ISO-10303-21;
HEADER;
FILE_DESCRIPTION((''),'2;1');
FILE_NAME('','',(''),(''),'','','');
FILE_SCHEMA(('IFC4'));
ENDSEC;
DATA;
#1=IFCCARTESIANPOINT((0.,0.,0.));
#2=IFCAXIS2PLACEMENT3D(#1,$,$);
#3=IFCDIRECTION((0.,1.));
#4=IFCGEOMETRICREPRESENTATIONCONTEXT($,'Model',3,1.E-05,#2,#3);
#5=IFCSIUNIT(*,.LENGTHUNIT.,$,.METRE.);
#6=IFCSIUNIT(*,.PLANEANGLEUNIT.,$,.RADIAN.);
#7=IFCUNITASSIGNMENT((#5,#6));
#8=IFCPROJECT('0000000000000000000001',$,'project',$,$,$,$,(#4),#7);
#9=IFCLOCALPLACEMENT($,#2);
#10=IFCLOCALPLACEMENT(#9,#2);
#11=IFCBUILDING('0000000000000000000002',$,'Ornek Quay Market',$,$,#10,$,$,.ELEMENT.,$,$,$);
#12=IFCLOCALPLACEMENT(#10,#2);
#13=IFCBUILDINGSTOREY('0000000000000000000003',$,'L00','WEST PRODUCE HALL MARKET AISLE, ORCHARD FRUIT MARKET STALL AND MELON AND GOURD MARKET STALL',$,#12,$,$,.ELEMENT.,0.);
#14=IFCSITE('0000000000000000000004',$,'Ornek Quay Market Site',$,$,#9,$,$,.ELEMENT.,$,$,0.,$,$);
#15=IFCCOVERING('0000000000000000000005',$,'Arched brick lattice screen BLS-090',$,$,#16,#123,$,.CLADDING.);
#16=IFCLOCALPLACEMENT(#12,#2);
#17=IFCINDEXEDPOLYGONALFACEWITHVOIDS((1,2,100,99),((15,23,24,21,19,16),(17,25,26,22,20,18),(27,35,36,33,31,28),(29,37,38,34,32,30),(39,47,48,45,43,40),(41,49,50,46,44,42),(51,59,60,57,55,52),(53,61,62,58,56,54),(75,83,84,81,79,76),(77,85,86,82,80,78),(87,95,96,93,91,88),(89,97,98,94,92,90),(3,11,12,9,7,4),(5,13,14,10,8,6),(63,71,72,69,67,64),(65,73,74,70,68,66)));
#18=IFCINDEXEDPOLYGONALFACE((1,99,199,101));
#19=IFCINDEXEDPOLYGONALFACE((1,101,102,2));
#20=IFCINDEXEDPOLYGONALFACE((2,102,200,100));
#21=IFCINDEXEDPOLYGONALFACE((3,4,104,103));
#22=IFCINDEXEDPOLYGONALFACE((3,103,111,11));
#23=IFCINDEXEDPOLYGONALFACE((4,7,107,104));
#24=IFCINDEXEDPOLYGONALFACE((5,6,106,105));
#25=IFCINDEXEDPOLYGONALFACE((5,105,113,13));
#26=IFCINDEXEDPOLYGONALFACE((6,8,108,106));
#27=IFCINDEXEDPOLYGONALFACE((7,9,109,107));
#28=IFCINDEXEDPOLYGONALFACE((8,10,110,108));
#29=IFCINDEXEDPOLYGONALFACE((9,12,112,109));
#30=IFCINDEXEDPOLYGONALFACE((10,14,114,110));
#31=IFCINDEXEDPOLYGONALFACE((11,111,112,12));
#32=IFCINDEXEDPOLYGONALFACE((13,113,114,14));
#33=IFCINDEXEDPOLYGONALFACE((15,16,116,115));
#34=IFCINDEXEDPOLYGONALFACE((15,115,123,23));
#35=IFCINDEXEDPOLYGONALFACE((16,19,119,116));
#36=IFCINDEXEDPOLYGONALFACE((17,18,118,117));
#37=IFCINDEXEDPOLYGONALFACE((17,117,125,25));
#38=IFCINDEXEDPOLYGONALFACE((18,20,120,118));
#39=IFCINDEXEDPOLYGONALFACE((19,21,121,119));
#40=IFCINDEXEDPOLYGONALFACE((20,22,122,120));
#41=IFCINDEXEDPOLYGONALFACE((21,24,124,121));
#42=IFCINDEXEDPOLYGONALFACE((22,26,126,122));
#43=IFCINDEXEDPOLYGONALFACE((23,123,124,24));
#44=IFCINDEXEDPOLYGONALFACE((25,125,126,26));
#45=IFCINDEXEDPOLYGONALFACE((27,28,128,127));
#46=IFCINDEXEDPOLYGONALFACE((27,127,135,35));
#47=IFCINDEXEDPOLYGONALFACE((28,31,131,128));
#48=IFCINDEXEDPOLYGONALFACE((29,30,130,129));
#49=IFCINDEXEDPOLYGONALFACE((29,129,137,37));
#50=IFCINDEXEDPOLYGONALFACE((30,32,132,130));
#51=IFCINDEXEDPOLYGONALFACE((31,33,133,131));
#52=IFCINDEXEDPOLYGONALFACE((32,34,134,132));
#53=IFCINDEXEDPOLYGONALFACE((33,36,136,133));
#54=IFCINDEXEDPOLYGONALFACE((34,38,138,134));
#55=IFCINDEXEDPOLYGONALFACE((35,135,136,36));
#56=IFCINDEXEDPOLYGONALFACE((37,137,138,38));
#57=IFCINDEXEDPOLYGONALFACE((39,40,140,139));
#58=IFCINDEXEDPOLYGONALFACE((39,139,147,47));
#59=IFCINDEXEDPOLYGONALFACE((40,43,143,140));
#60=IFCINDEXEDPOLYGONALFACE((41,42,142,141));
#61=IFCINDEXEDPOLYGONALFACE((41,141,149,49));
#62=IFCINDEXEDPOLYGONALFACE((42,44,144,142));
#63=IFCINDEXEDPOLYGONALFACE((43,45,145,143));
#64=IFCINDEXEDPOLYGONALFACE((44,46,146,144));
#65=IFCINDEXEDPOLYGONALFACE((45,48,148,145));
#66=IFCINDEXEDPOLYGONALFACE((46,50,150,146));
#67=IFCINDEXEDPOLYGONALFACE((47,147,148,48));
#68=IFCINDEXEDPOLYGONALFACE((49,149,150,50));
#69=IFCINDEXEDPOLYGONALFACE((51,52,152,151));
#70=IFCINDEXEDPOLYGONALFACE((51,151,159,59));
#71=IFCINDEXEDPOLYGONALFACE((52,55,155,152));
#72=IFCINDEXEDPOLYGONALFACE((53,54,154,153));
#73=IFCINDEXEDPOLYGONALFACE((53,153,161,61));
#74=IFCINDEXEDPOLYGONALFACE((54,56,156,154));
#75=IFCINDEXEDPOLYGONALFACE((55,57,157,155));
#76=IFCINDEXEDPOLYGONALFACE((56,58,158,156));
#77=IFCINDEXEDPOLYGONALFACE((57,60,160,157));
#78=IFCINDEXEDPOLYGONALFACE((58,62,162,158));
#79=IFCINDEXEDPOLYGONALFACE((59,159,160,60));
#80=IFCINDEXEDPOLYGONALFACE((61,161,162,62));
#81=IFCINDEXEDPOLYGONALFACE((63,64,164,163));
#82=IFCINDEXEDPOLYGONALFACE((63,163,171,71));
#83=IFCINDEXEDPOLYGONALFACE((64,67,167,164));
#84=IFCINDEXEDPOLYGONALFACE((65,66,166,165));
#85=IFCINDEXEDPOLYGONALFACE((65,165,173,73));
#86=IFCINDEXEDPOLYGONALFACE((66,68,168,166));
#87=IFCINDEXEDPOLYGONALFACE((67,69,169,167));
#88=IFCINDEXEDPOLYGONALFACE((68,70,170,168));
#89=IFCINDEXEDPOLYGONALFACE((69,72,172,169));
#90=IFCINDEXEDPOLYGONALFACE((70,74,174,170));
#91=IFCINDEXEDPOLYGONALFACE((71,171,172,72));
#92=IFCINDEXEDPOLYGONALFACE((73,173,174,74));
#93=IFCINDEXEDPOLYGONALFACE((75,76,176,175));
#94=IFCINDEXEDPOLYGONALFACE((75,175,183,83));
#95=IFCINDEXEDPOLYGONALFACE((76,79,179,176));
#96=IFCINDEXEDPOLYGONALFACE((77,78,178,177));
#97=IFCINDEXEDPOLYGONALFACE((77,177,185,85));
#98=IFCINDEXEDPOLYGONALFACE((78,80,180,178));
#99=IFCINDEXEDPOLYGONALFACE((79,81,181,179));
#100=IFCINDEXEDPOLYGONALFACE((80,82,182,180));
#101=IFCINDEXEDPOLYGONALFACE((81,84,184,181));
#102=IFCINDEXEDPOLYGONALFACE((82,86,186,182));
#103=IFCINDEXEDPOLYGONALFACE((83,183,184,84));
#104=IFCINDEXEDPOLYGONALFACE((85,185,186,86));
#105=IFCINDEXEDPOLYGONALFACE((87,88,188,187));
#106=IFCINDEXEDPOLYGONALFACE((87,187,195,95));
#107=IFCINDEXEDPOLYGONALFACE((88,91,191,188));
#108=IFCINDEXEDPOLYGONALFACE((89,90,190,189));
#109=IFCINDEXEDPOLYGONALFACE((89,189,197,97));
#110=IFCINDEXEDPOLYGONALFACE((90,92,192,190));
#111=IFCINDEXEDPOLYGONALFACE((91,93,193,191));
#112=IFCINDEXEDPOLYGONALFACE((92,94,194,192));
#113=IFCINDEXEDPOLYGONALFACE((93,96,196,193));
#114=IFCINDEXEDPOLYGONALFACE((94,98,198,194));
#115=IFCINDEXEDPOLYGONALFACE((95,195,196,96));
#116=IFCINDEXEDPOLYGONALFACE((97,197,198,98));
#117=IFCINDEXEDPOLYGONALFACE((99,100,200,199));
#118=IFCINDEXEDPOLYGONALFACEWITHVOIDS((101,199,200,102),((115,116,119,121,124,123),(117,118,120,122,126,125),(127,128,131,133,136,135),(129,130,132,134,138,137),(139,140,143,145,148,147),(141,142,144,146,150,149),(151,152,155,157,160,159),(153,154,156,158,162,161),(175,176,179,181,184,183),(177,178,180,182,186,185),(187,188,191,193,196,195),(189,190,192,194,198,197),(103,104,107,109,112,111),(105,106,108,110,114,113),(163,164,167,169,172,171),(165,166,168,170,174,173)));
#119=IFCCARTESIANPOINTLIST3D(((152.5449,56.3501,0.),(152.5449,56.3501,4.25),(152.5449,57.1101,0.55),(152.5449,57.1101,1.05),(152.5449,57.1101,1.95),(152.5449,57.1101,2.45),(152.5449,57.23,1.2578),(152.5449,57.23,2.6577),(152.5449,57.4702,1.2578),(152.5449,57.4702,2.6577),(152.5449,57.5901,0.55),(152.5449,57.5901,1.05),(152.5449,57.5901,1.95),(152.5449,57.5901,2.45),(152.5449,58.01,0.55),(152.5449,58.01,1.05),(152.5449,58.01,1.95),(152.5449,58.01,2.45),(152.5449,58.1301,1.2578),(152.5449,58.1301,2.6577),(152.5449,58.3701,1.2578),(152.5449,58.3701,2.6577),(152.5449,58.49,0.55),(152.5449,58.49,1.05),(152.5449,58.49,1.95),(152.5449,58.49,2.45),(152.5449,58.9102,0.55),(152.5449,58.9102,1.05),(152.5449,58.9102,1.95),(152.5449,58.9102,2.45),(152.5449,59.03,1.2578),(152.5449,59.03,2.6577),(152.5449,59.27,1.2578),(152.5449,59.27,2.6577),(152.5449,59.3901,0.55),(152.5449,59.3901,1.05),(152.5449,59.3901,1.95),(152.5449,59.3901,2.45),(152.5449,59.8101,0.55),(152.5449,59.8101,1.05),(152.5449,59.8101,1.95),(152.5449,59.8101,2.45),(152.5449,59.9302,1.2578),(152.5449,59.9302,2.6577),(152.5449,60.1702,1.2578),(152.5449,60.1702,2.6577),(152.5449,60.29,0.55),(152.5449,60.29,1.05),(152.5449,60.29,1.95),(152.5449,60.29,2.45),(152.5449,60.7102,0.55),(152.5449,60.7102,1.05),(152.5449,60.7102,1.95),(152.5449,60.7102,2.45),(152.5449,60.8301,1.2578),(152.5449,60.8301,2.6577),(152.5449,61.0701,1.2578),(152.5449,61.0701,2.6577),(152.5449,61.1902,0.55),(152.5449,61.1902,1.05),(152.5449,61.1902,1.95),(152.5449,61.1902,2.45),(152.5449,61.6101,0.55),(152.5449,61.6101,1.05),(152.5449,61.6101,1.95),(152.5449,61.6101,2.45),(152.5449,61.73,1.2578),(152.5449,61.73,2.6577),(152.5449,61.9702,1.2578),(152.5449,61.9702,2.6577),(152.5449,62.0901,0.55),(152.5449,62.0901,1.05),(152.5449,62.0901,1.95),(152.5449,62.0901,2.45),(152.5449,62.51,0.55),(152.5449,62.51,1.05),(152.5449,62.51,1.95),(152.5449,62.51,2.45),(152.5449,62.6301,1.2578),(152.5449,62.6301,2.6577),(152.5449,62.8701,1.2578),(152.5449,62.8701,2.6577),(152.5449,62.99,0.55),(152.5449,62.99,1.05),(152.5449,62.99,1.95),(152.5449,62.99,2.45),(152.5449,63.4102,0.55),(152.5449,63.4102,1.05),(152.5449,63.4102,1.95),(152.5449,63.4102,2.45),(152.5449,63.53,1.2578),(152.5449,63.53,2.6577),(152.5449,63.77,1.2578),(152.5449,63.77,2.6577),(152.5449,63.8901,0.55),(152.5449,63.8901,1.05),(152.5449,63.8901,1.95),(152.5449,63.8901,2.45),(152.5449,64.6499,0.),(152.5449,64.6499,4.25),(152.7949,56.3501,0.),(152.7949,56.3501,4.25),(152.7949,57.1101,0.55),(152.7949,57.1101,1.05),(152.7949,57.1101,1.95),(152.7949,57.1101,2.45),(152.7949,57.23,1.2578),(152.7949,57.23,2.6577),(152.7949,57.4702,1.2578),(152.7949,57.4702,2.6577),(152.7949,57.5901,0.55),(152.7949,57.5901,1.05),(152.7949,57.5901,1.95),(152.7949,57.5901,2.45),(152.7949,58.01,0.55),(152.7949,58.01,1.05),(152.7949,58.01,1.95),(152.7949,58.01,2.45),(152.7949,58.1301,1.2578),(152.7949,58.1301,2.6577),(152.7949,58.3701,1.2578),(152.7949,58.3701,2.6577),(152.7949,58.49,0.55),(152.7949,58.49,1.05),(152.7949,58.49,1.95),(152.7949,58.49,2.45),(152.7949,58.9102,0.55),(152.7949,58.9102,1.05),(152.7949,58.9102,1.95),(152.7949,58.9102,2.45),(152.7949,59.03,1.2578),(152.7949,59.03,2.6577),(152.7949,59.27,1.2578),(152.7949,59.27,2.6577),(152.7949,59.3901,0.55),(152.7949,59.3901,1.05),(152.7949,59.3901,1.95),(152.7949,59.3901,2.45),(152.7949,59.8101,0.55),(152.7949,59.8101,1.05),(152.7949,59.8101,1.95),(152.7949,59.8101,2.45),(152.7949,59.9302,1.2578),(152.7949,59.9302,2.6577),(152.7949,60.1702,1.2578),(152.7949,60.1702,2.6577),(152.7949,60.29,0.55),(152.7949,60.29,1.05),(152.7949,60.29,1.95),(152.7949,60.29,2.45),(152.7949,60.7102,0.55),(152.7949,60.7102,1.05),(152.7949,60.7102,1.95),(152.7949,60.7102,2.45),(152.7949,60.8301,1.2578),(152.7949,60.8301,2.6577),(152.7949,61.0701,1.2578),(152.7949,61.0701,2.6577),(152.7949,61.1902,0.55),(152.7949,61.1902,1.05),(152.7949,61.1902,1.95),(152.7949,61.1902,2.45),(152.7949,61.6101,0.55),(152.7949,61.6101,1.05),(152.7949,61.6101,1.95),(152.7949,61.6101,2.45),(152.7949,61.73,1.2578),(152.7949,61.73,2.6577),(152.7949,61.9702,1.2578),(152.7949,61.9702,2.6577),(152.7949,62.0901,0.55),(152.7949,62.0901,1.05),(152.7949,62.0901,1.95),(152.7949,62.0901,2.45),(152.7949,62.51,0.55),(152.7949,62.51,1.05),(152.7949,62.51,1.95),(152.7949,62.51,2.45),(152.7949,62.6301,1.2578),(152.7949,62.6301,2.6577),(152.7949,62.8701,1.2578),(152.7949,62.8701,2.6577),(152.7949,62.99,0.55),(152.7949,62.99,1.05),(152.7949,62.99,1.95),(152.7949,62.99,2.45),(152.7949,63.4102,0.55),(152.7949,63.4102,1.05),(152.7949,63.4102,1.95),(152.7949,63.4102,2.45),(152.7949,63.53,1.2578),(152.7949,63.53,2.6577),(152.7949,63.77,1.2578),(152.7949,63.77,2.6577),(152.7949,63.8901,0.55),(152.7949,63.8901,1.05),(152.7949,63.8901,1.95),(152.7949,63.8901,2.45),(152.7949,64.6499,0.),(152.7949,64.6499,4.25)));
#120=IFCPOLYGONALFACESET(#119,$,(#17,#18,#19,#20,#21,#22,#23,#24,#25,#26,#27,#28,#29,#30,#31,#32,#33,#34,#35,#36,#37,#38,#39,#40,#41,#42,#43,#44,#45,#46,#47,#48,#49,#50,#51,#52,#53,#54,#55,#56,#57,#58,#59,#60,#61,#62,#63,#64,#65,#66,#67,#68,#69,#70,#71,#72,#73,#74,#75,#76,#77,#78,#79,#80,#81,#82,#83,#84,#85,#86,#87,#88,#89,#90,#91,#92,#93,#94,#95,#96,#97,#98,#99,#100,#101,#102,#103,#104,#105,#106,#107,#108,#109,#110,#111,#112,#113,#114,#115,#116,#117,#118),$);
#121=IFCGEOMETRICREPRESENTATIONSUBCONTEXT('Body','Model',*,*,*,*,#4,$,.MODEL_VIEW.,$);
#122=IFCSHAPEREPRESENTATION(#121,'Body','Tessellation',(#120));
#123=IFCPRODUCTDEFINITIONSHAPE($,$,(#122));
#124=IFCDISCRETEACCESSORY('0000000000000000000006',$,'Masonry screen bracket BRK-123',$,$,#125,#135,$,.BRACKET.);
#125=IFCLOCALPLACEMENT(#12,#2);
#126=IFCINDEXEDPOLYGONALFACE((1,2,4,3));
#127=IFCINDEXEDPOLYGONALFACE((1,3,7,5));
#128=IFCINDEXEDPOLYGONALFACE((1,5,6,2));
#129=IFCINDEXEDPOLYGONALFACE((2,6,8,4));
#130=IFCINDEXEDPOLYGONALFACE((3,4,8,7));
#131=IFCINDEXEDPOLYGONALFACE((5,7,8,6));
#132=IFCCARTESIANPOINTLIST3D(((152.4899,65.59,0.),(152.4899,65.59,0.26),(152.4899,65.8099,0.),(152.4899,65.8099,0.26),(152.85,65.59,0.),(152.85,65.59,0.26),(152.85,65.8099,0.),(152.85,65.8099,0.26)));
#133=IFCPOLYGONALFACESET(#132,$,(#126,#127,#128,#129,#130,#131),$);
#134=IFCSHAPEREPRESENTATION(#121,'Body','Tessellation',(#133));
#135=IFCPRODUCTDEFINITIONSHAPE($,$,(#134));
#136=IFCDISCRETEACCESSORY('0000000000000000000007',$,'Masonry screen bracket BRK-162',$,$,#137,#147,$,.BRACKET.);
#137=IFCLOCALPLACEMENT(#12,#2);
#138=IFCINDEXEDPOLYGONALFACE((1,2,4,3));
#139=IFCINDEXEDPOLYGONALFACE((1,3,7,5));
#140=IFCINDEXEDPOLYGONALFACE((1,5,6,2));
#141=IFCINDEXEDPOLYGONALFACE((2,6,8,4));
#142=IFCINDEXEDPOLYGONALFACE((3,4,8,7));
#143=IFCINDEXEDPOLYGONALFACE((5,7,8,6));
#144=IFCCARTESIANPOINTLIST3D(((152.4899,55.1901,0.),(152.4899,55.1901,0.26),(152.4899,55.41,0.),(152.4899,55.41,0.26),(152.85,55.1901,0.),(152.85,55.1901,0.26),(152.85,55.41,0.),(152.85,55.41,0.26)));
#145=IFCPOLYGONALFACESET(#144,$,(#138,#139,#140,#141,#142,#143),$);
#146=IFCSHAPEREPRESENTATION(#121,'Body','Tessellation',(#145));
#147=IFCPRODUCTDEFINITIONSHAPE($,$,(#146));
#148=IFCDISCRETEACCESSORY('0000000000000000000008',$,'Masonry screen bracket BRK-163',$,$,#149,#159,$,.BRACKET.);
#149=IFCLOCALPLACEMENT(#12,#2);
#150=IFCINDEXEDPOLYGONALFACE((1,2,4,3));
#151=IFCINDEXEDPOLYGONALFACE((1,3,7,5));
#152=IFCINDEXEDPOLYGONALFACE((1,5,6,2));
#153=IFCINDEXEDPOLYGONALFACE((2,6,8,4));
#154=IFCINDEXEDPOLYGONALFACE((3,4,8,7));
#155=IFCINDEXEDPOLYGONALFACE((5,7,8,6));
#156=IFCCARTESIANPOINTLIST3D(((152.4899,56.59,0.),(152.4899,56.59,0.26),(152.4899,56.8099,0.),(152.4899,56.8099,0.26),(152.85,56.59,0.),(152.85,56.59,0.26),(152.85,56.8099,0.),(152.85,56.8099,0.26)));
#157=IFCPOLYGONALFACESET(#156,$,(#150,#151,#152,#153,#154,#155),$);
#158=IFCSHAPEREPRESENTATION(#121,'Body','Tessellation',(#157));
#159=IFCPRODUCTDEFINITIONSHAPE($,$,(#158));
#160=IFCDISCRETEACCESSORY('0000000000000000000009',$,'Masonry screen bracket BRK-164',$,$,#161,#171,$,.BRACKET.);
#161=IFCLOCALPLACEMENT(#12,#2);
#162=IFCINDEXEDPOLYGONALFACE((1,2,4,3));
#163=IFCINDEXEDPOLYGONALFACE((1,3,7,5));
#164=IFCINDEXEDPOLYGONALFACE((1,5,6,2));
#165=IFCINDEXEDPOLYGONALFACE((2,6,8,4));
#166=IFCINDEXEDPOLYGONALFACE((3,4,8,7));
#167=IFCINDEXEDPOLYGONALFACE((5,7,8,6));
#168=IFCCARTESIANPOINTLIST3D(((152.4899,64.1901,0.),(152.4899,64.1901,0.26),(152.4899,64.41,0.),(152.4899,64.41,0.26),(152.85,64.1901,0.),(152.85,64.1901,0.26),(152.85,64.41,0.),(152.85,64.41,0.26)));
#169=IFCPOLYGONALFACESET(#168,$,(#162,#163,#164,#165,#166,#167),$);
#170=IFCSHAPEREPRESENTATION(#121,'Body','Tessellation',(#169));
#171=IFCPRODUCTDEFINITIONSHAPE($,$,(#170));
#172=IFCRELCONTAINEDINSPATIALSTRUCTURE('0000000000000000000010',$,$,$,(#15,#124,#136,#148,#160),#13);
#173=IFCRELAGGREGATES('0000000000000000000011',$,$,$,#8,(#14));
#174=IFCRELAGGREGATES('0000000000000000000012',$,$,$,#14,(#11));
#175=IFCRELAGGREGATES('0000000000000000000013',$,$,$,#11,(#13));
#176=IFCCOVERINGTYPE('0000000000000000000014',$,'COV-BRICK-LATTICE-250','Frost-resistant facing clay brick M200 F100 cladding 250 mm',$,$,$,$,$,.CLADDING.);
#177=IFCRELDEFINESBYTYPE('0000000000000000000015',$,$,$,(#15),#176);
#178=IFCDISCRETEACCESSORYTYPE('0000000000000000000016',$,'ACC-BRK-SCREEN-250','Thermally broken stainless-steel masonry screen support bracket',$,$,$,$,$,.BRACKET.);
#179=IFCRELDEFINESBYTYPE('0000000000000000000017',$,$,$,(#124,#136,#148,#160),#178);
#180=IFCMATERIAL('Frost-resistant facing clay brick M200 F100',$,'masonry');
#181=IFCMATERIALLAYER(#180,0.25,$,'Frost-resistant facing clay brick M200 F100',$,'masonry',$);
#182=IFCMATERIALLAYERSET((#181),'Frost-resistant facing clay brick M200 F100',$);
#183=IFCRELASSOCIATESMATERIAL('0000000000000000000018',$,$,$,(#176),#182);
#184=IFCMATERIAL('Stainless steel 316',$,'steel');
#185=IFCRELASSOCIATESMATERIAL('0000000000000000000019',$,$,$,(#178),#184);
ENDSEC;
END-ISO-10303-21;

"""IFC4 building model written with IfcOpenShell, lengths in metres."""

from ifc_helpers import new_model, si_unit, direction, frame, origin, origin_2d, place, context, subcontext, project, spatial, polyline, rectangle, outline, extrude, material, layer, layer_set, type_object, element, save


model = new_model("IFC4")

# Units and contexts
model_context = context("Model", 3, precision=1e-05, world=origin(), true_north=direction((0.0, 1.0)))
body_context = subcontext(model_context, "Body", "Model", "MODEL_VIEW")
ifc_project = project(units=[si_unit("LENGTHUNIT", "METRE"), si_unit("PLANEANGLEUNIT", "RADIAN")], contexts=[model_context])

# Site, building, storey
site_placement = place(None, origin())
site = spatial("IfcSite", under=ifc_project, at=site_placement, Name="Ornek Quay Market Site", CompositionType="ELEMENT", RefElevation=0.0)
building_placement = place(site_placement, origin())
building = spatial("IfcBuilding", under=site, at=building_placement, Name="Ornek Quay Market", CompositionType="ELEMENT")
storey_placement = place(building_placement, origin())
storey = spatial("IfcBuildingStorey", under=building, at=storey_placement, Name="L00", Description="WEST PRODUCE HALL MARKET AISLE, ORCHARD FRUIT MARKET STALL AND MELON AND GOURD MARKET STALL", CompositionType="ELEMENT", Elevation=0.0)

# Covering
ifc_material_1 = material(Name="Frost-resistant facing clay brick M200 F100", Category="masonry")
ifc_layer = layer(ifc_material_1, 0.25, Name="Frost-resistant facing clay brick M200 F100", Category="masonry")
ifc_layer_set = layer_set([ifc_layer], Name="Frost-resistant facing clay brick M200 F100")
covering_type = type_object("IfcCoveringType", Name="COV-BRICK-LATTICE-250", Description="Frost-resistant facing clay brick M200 F100 cladding 250 mm", PredefinedType="CLADDING", material=ifc_layer_set)
covering_1_placement = place(storey_placement, frame((152.6699, 56.3501, 0.0), z_axis=(0.0, 0.0, 1.0), x_axis=(0.0, 1.0, 0.0)))
element("IfcCovering", 1, at=covering_1_placement, inside=storey, type_object=covering_type, Name="Arched brick lattice screen BLS-090", PredefinedType="CLADDING", context=body_context, shape_type="SweptSolid", body=[
    extrude(outline(polyline([(0.0, 0.0), (8.2998, 0.0), (8.2998, 4.25), (0.0, 4.25), (0.0, 0.0)]), holes=[polyline([(0.76, 0.55), (1.24, 0.55), (1.24, 1.05), (1.1201, 1.2578), (0.8799, 1.2578), (0.76, 1.05), (0.76, 0.55)]), polyline([(0.76, 1.95), (1.24, 1.95), (1.24, 2.45), (1.1201, 2.6577), (0.8799, 2.6577), (0.76, 2.45), (0.76, 1.95)]), polyline([(1.6599, 0.55), (2.1399, 0.55), (2.1399, 1.05), (2.02, 1.2578), (1.78, 1.2578), (1.6599, 1.05), (1.6599, 0.55)]), polyline([(1.6599, 1.95), (2.1399, 1.95), (2.1399, 2.45), (2.02, 2.6577), (1.78, 2.6577), (1.6599, 2.45), (1.6599, 1.95)]), polyline([(2.5601, 0.55), (3.04, 0.55), (3.04, 1.05), (2.9199, 1.2578), (2.6799, 1.2578), (2.5601, 1.05), (2.5601, 0.55)]), polyline([(2.5601, 1.95), (3.04, 1.95), (3.04, 2.45), (2.9199, 2.6577), (2.6799, 2.6577), (2.5601, 2.45), (2.5601, 1.95)]), polyline([(3.46, 0.55), (3.9399, 0.55), (3.9399, 1.05), (3.8201, 1.2578), (3.5801, 1.2578), (3.46, 1.05), (3.46, 0.55)]), polyline([(3.46, 1.95), (3.9399, 1.95), (3.9399, 2.45), (3.8201, 2.6577), (3.5801, 2.6577), (3.46, 2.45), (3.46, 1.95)]), polyline([(4.3601, 0.55), (4.8401, 0.55), (4.8401, 1.05), (4.72, 1.2578), (4.48, 1.2578), (4.3601, 1.05), (4.3601, 0.55)]), polyline([(4.3601, 1.95), (4.8401, 1.95), (4.8401, 2.45), (4.72, 2.6577), (4.48, 2.6577), (4.3601, 2.45), (4.3601, 1.95)]), polyline([(5.26, 0.55), (5.74, 0.55), (5.74, 1.05), (5.6201, 1.2578), (5.3799, 1.2578), (5.26, 1.05), (5.26, 0.55)]), polyline([(5.26, 1.95), (5.74, 1.95), (5.74, 2.45), (5.6201, 2.6577), (5.3799, 2.6577), (5.26, 2.45), (5.26, 1.95)]), polyline([(6.1599, 0.55), (6.6399, 0.55), (6.6399, 1.05), (6.52, 1.2578), (6.28, 1.2578), (6.1599, 1.05), (6.1599, 0.55)]), polyline([(6.1599, 1.95), (6.6399, 1.95), (6.6399, 2.45), (6.52, 2.6577), (6.28, 2.6577), (6.1599, 2.45), (6.1599, 1.95)]), polyline([(7.0601, 0.55), (7.54, 0.55), (7.54, 1.05), (7.4199, 1.2578), (7.1799, 1.2578), (7.0601, 1.05), (7.0601, 0.55)]), polyline([(7.0601, 1.95), (7.54, 1.95), (7.54, 2.45), (7.4199, 2.6577), (7.1799, 2.6577), (7.0601, 2.45), (7.0601, 1.95)])]), frame((0.0, 0.125, 0.0), z_axis=(0.0, -1.0, 0.0), x_axis=(1.0, 0.0, 0.0)), (0.0, 0.0, 1.0), 0.25),
])

# Discrete accessories
ifc_material_2 = material(Name="Stainless steel 316", Category="steel")
discrete_accessory_type = type_object("IfcDiscreteAccessoryType", Name="ACC-BRK-SCREEN-250", Description="Thermally broken stainless-steel masonry screen support bracket", PredefinedType="BRACKET", material=ifc_material_2)
for number, where, z_axis, x_axis, name in (
    (2, (152.6699, 65.7, 0.0), (0.0, 0.0, 1.0), (0.0, 1.0, 0.0), "Masonry screen bracket BRK-123"),
    (3, (152.6699, 55.3, 0.0), (0.0, 0.0, 1.0), (0.0, 1.0, 0.0), "Masonry screen bracket BRK-162"),
    (4, (152.6699, 56.7, 0.0), (0.0, 0.0, 1.0), (0.0, 1.0, 0.0), "Masonry screen bracket BRK-163"),
    (5, (152.6699, 64.3, 0.0), (0.0, 0.0, 1.0), (0.0, 1.0, 0.0), "Masonry screen bracket BRK-164"),
):
    element("IfcDiscreteAccessory", number, at=place(storey_placement, frame(where, z_axis=z_axis, x_axis=x_axis)), inside=storey, type_object=discrete_accessory_type, Name=name, PredefinedType="BRACKET", context=body_context, shape_type="SweptSolid", body=[
        extrude(rectangle(XDim=0.22, YDim=0.3601, at=origin_2d()), origin(), (0.0, 0.0, 1.0), 0.26),
    ])

save(model, "model.ifc")
